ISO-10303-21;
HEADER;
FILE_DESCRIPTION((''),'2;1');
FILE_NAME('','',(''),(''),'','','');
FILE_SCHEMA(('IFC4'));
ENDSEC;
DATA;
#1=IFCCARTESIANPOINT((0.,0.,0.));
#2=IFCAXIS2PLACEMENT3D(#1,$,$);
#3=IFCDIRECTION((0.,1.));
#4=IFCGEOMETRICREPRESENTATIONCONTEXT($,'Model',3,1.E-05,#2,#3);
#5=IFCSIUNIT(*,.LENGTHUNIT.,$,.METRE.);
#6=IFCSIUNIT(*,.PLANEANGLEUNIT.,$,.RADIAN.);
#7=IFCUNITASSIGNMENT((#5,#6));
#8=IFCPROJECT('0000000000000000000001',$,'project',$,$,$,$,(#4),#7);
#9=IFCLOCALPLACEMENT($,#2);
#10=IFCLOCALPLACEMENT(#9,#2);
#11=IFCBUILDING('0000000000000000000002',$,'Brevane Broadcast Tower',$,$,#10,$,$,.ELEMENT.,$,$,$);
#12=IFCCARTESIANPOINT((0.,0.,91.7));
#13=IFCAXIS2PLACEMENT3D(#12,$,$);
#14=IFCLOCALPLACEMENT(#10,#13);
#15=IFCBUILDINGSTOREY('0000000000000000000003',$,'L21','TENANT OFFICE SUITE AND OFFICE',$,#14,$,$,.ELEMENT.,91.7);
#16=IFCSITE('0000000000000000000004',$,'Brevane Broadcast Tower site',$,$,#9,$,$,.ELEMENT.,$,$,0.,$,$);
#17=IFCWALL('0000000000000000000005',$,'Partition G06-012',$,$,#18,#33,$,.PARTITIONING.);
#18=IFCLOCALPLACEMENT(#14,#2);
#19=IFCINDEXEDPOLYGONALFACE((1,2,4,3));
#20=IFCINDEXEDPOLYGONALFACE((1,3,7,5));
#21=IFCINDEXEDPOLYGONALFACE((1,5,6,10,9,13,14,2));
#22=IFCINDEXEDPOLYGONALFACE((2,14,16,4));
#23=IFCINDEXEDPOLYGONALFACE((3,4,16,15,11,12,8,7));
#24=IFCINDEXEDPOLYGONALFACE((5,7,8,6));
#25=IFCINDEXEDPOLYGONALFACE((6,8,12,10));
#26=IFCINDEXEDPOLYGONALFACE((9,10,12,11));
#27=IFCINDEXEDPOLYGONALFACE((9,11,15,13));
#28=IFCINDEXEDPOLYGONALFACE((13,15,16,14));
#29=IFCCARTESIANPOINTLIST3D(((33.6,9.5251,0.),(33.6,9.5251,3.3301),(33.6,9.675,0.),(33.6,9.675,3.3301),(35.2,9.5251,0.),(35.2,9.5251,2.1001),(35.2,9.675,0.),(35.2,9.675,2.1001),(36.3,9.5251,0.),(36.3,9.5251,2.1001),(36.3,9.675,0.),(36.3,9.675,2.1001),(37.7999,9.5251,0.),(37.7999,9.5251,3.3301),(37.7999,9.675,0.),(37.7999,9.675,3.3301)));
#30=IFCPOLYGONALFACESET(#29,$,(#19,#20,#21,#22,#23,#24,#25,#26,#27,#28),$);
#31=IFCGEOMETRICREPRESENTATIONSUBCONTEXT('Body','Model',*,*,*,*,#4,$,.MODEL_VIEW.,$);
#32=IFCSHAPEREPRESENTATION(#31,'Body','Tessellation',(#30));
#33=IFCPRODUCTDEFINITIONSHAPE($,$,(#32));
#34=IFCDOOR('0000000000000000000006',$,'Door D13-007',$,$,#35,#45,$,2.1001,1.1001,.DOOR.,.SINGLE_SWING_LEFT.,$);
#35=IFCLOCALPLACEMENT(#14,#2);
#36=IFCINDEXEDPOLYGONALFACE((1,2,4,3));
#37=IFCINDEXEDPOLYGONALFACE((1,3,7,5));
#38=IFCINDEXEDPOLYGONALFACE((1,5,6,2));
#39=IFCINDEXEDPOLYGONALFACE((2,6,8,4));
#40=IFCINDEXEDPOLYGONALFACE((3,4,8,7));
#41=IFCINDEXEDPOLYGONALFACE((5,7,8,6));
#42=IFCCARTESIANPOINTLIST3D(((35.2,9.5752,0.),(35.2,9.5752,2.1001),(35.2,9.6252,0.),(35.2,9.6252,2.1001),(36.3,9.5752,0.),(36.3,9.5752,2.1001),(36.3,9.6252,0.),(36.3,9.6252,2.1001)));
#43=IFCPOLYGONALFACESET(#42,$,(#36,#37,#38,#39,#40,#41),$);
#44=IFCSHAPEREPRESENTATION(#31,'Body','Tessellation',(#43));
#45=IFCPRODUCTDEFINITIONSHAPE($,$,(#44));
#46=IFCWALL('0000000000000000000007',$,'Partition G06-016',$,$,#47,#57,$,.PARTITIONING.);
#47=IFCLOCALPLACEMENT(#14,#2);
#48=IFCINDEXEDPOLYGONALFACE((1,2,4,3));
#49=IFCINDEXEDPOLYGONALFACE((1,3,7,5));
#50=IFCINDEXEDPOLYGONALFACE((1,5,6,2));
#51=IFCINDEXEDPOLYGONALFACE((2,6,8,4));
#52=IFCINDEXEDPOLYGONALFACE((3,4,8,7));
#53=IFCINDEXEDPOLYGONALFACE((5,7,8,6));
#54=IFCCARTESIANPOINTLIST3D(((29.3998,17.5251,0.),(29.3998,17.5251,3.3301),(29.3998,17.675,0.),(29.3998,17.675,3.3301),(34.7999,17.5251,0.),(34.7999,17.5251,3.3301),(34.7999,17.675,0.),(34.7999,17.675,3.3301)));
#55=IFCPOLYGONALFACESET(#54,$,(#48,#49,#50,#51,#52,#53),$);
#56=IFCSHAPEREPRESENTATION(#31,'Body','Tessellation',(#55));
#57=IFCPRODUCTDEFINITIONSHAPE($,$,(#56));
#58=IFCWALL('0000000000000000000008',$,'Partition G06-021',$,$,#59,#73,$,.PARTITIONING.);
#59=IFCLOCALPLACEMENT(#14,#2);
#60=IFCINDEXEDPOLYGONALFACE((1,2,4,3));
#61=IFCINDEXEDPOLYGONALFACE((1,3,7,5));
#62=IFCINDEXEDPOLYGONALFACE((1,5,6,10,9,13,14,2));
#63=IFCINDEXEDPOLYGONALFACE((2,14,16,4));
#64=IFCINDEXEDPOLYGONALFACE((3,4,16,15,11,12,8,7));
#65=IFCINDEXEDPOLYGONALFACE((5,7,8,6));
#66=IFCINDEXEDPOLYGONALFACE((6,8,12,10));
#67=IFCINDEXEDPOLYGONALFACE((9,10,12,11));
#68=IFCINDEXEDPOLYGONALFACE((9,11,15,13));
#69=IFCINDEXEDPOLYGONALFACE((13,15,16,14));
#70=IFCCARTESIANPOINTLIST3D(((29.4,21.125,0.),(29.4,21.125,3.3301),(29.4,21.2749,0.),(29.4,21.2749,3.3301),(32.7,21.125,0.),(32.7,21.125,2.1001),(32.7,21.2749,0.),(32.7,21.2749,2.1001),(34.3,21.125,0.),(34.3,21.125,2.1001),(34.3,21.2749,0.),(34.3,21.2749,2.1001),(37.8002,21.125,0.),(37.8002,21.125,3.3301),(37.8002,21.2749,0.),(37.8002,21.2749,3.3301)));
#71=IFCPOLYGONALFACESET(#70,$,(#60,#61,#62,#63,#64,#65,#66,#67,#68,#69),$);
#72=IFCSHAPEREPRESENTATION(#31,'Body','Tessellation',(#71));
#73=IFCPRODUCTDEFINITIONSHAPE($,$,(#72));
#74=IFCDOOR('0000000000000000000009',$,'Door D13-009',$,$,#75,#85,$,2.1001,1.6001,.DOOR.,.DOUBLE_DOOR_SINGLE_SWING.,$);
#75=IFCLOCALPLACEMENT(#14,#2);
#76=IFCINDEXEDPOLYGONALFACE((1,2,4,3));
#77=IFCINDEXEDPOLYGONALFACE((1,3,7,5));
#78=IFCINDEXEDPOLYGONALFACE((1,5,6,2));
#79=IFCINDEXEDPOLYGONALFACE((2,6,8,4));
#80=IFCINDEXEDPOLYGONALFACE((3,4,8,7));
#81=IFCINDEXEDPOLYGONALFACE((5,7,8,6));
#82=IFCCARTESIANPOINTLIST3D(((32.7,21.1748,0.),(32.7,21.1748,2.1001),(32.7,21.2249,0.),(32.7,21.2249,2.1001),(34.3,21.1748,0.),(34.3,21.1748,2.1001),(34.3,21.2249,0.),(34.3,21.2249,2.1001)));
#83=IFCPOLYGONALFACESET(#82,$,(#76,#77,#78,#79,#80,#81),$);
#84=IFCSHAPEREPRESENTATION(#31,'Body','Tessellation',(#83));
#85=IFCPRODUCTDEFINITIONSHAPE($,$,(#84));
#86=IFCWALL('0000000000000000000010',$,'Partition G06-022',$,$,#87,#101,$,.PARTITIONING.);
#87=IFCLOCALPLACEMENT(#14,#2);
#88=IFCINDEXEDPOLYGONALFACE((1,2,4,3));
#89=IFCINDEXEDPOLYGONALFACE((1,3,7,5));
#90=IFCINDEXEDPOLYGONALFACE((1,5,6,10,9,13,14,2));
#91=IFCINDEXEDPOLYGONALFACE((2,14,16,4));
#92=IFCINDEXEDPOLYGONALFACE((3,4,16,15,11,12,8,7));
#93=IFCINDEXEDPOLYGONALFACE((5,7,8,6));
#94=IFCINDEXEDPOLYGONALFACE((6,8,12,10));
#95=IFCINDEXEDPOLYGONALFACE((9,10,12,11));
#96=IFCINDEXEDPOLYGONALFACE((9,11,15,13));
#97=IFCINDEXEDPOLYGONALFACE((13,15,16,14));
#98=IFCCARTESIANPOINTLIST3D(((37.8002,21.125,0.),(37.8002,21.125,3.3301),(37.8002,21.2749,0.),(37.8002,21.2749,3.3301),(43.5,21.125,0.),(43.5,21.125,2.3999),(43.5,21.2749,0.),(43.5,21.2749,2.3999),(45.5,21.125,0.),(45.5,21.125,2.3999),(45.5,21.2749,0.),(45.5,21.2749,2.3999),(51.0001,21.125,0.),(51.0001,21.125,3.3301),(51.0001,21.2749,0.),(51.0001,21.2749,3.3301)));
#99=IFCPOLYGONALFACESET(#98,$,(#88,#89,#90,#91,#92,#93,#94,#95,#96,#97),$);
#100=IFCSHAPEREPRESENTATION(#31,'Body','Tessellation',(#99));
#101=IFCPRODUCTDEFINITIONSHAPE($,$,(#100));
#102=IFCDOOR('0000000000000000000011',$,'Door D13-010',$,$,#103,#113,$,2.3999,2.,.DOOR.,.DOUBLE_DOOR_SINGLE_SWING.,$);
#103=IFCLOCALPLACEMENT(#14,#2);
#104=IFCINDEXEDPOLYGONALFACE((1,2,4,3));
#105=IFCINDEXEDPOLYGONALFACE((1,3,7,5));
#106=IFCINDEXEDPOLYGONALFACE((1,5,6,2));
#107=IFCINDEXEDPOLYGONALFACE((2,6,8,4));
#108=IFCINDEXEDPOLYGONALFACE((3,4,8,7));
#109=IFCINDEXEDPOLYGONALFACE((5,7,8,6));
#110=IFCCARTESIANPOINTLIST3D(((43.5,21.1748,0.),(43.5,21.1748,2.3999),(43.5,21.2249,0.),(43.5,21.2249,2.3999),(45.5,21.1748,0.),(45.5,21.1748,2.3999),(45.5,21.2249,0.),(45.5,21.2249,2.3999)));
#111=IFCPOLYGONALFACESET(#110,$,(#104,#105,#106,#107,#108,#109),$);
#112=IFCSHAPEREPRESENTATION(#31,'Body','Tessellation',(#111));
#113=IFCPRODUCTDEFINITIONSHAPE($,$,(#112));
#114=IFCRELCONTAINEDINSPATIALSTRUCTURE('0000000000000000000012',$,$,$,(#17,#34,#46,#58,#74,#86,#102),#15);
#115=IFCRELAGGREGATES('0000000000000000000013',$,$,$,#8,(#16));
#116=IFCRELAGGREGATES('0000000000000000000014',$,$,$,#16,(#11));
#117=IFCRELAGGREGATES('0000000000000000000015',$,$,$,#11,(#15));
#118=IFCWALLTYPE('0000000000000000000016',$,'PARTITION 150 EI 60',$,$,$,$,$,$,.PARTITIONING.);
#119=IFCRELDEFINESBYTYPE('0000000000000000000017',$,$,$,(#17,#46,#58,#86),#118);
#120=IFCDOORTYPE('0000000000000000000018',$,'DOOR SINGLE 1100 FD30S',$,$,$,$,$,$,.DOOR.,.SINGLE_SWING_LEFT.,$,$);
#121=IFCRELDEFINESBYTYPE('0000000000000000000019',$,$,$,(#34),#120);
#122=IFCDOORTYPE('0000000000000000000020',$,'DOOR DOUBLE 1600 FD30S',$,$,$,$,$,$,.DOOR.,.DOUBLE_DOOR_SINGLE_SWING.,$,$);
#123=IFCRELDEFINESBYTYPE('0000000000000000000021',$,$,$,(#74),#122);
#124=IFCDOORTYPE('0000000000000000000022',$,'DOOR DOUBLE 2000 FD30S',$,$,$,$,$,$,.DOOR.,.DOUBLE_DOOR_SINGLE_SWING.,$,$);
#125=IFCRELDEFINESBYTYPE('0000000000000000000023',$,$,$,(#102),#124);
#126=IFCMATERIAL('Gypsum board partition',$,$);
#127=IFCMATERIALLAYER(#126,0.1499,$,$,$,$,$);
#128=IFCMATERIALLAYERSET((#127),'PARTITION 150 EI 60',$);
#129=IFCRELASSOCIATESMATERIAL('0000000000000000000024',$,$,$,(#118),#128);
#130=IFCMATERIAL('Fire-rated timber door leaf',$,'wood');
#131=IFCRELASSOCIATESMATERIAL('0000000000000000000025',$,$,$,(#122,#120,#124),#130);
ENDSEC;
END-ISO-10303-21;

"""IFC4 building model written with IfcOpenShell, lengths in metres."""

from ifc_helpers import new_model, si_unit, direction, frame, frame_2d, origin, place, context, subcontext, project, spatial, rectangle, extrude, material, layer, layer_set, type_object, element, fill, save


model = new_model("IFC4")

# Units and contexts
model_context = context("Model", 3, precision=1e-05, world=origin(), true_north=direction((0.0, 1.0)))
body_context = subcontext(model_context, "Body", "Model", "MODEL_VIEW")
ifc_project = project(units=[si_unit("LENGTHUNIT", "METRE"), si_unit("PLANEANGLEUNIT", "RADIAN")], contexts=[model_context])

# Site, building, storey
site_placement = place(None, origin())
site = spatial("IfcSite", under=ifc_project, at=site_placement, Name="Brevane Broadcast Tower site", CompositionType="ELEMENT", RefElevation=0.0)
building_placement = place(site_placement, origin())
building = spatial("IfcBuilding", under=site, at=building_placement, Name="Brevane Broadcast Tower", CompositionType="ELEMENT")
storey_placement = place(building_placement, frame((0.0, 0.0, 91.7)))
storey = spatial("IfcBuildingStorey", under=building, at=storey_placement, Name="L21", Description="TENANT OFFICE SUITE AND OFFICE", CompositionType="ELEMENT", Elevation=91.7)

# Shared definitions
ifc_material_1 = material(Name="Gypsum board partition")
ifc_layer_1 = layer(ifc_material_1, 0.1499)
ifc_layer_set_1 = layer_set([ifc_layer_1], Name="PARTITION 150 EI 60")
wall_type_1 = type_object("IfcWallType", Name="PARTITION 150 EI 60", PredefinedType="PARTITIONING", material=ifc_layer_set_1)

# Shared definitions
ifc_material_2 = material(Name="Fire-rated timber door leaf", Category="wood")

# Wall, opening, door
door_type_1 = type_object("IfcDoorType", Name="DOOR DOUBLE 1600 FD30S", OperationType="DOUBLE_DOOR_SINGLE_SWING", PredefinedType="DOOR", material=ifc_material_2)
wall_1_placement = place(storey_placement, frame((37.8, 9.6001, 0.0), z_axis=(0.0, 0.0, 1.0), x_axis=(-1.0, 0.0, 0.0)))
wall_1 = element("IfcWall", 1, at=wall_1_placement, inside=storey, type_object=wall_type_1, Name="Partition G06-012", PredefinedType="PARTITIONING", context=body_context, shape_type="SweptSolid", body=[
    extrude(rectangle(XDim=4.2, YDim=0.1499, at=frame_2d((2.1001, 0.0))), origin(), (0.0, 0.0, 1.0), 3.3301),
])
opening_1_placement = place(wall_1_placement, frame((1.5, 0.0, 0.0)))
opening_1 = element("IfcOpeningElement", 2, at=opening_1_placement, cuts=wall_1, PredefinedType="OPENING", context=body_context, shape_type="SweptSolid", body=[
    extrude(rectangle(XDim=1.1001, YDim=2.1001, at=frame_2d((0.55, 1.05))), frame((0.0, 0.085, 0.0), z_axis=(0.0, -1.0, 0.0), x_axis=(1.0, 0.0, 0.0)), (0.0, 0.0, 1.0), 0.1699),
])
door_type_2 = type_object("IfcDoorType", Name="DOOR SINGLE 1100 FD30S", OperationType="SINGLE_SWING_LEFT", PredefinedType="DOOR", material=ifc_material_2)
door_1_placement = place(opening_1_placement, origin())
door_1 = element("IfcDoor", 3, at=door_1_placement, inside=storey, type_object=door_type_2, Name="Door D13-007", OperationType="SINGLE_SWING_LEFT", OverallHeight=2.1001, OverallWidth=1.1001, PredefinedType="DOOR", context=body_context, shape_type="SweptSolid", body=[
    extrude(rectangle(XDim=1.1001, YDim=2.1001, at=frame_2d((0.55, 1.05))), frame((0.0, 0.0249, 0.0), z_axis=(0.0, -1.0, 0.0), x_axis=(1.0, 0.0, 0.0)), (0.0, 0.0, 1.0), 0.05),
])
fill(opening_1, door_1)

# Wall
wall_2_placement = place(storey_placement, frame((34.8, 17.6001, 0.0), z_axis=(0.0, 0.0, 1.0), x_axis=(-1.0, 0.0, 0.0)))
element("IfcWall", 4, at=wall_2_placement, inside=storey, type_object=wall_type_1, Name="Partition G06-016", PredefinedType="PARTITIONING", context=body_context, shape_type="SweptSolid", body=[
    extrude(rectangle(XDim=5.4001, YDim=0.1499, at=frame_2d((2.7002, 0.0))), origin(), (0.0, 0.0, 1.0), 3.3301),
])

# Walls, openings, doors
wall_3_placement = place(storey_placement, frame((29.3999, 21.2, 0.0), z_axis=(0.0, 0.0, 1.0), x_axis=(1.0, 0.0, 0.0)))
wall_3 = element("IfcWall", 5, at=wall_3_placement, inside=storey, type_object=wall_type_1, Name="Partition G06-021", PredefinedType="PARTITIONING", context=body_context, shape_type="SweptSolid", body=[
    extrude(rectangle(XDim=8.4001, YDim=0.1499, at=frame_2d((4.2002, 0.0))), origin(), (0.0, 0.0, 1.0), 3.3301),
])
opening_2_placement = place(wall_3_placement, frame((3.3, 0.0, 0.0)))
opening_2 = element("IfcOpeningElement", 6, at=opening_2_placement, cuts=wall_3, PredefinedType="OPENING", context=body_context, shape_type="SweptSolid", body=[
    extrude(rectangle(XDim=1.6001, YDim=2.1001, at=frame_2d((0.8, 1.05))), frame((0.0, 0.085, 0.0), z_axis=(0.0, -1.0, 0.0), x_axis=(1.0, 0.0, 0.0)), (0.0, 0.0, 1.0), 0.1699),
])
door_2_placement = place(opening_2_placement, origin())
door_2 = element("IfcDoor", 7, at=door_2_placement, inside=storey, type_object=door_type_1, Name="Door D13-009", OperationType="DOUBLE_DOOR_SINGLE_SWING", OverallHeight=2.1001, OverallWidth=1.6001, PredefinedType="DOOR", context=body_context, shape_type="SweptSolid", body=[
    extrude(rectangle(XDim=1.6001, YDim=2.1001, at=frame_2d((0.8, 1.05))), frame((0.0, 0.0249, 0.0), z_axis=(0.0, -1.0, 0.0), x_axis=(1.0, 0.0, 0.0)), (0.0, 0.0, 1.0), 0.05),
])
fill(opening_2, door_2)
wall_4_placement = place(storey_placement, frame((37.8, 21.2, 0.0), z_axis=(0.0, 0.0, 1.0), x_axis=(1.0, 0.0, 0.0)))
wall_4 = element("IfcWall", 8, at=wall_4_placement, inside=storey, type_object=wall_type_1, Name="Partition G06-022", PredefinedType="PARTITIONING", context=body_context, shape_type="SweptSolid", body=[
    extrude(rectangle(XDim=13.2, YDim=0.1499, at=frame_2d((6.6001, 0.0))), origin(), (0.0, 0.0, 1.0), 3.3301),
])
opening_3_placement = place(wall_4_placement, frame((5.7, 0.0, 0.0)))
opening_3 = element("IfcOpeningElement", 9, at=opening_3_placement, cuts=wall_4, PredefinedType="OPENING", context=body_context, shape_type="SweptSolid", body=[
    extrude(rectangle(XDim=2.0, YDim=2.3999, at=frame_2d((1.0, 1.2))), frame((0.0, 0.085, 0.0), z_axis=(0.0, -1.0, 0.0), x_axis=(1.0, 0.0, 0.0)), (0.0, 0.0, 1.0), 0.1699),
])
door_type_3 = type_object("IfcDoorType", Name="DOOR DOUBLE 2000 FD30S", OperationType="DOUBLE_DOOR_SINGLE_SWING", PredefinedType="DOOR", material=ifc_material_2)
door_3_placement = place(opening_3_placement, origin())
door_3 = element("IfcDoor", 10, at=door_3_placement, inside=storey, type_object=door_type_3, Name="Door D13-010", OperationType="DOUBLE_DOOR_SINGLE_SWING", OverallHeight=2.3999, OverallWidth=2.0, PredefinedType="DOOR", context=body_context, shape_type="SweptSolid", body=[
    extrude(rectangle(XDim=2.0, YDim=2.3999, at=frame_2d((1.0, 1.2))), frame((0.0, 0.0249, 0.0), z_axis=(0.0, -1.0, 0.0), x_axis=(1.0, 0.0, 0.0)), (0.0, 0.0, 1.0), 0.05),
])
fill(opening_3, door_3)

save(model, "model.ifc")
